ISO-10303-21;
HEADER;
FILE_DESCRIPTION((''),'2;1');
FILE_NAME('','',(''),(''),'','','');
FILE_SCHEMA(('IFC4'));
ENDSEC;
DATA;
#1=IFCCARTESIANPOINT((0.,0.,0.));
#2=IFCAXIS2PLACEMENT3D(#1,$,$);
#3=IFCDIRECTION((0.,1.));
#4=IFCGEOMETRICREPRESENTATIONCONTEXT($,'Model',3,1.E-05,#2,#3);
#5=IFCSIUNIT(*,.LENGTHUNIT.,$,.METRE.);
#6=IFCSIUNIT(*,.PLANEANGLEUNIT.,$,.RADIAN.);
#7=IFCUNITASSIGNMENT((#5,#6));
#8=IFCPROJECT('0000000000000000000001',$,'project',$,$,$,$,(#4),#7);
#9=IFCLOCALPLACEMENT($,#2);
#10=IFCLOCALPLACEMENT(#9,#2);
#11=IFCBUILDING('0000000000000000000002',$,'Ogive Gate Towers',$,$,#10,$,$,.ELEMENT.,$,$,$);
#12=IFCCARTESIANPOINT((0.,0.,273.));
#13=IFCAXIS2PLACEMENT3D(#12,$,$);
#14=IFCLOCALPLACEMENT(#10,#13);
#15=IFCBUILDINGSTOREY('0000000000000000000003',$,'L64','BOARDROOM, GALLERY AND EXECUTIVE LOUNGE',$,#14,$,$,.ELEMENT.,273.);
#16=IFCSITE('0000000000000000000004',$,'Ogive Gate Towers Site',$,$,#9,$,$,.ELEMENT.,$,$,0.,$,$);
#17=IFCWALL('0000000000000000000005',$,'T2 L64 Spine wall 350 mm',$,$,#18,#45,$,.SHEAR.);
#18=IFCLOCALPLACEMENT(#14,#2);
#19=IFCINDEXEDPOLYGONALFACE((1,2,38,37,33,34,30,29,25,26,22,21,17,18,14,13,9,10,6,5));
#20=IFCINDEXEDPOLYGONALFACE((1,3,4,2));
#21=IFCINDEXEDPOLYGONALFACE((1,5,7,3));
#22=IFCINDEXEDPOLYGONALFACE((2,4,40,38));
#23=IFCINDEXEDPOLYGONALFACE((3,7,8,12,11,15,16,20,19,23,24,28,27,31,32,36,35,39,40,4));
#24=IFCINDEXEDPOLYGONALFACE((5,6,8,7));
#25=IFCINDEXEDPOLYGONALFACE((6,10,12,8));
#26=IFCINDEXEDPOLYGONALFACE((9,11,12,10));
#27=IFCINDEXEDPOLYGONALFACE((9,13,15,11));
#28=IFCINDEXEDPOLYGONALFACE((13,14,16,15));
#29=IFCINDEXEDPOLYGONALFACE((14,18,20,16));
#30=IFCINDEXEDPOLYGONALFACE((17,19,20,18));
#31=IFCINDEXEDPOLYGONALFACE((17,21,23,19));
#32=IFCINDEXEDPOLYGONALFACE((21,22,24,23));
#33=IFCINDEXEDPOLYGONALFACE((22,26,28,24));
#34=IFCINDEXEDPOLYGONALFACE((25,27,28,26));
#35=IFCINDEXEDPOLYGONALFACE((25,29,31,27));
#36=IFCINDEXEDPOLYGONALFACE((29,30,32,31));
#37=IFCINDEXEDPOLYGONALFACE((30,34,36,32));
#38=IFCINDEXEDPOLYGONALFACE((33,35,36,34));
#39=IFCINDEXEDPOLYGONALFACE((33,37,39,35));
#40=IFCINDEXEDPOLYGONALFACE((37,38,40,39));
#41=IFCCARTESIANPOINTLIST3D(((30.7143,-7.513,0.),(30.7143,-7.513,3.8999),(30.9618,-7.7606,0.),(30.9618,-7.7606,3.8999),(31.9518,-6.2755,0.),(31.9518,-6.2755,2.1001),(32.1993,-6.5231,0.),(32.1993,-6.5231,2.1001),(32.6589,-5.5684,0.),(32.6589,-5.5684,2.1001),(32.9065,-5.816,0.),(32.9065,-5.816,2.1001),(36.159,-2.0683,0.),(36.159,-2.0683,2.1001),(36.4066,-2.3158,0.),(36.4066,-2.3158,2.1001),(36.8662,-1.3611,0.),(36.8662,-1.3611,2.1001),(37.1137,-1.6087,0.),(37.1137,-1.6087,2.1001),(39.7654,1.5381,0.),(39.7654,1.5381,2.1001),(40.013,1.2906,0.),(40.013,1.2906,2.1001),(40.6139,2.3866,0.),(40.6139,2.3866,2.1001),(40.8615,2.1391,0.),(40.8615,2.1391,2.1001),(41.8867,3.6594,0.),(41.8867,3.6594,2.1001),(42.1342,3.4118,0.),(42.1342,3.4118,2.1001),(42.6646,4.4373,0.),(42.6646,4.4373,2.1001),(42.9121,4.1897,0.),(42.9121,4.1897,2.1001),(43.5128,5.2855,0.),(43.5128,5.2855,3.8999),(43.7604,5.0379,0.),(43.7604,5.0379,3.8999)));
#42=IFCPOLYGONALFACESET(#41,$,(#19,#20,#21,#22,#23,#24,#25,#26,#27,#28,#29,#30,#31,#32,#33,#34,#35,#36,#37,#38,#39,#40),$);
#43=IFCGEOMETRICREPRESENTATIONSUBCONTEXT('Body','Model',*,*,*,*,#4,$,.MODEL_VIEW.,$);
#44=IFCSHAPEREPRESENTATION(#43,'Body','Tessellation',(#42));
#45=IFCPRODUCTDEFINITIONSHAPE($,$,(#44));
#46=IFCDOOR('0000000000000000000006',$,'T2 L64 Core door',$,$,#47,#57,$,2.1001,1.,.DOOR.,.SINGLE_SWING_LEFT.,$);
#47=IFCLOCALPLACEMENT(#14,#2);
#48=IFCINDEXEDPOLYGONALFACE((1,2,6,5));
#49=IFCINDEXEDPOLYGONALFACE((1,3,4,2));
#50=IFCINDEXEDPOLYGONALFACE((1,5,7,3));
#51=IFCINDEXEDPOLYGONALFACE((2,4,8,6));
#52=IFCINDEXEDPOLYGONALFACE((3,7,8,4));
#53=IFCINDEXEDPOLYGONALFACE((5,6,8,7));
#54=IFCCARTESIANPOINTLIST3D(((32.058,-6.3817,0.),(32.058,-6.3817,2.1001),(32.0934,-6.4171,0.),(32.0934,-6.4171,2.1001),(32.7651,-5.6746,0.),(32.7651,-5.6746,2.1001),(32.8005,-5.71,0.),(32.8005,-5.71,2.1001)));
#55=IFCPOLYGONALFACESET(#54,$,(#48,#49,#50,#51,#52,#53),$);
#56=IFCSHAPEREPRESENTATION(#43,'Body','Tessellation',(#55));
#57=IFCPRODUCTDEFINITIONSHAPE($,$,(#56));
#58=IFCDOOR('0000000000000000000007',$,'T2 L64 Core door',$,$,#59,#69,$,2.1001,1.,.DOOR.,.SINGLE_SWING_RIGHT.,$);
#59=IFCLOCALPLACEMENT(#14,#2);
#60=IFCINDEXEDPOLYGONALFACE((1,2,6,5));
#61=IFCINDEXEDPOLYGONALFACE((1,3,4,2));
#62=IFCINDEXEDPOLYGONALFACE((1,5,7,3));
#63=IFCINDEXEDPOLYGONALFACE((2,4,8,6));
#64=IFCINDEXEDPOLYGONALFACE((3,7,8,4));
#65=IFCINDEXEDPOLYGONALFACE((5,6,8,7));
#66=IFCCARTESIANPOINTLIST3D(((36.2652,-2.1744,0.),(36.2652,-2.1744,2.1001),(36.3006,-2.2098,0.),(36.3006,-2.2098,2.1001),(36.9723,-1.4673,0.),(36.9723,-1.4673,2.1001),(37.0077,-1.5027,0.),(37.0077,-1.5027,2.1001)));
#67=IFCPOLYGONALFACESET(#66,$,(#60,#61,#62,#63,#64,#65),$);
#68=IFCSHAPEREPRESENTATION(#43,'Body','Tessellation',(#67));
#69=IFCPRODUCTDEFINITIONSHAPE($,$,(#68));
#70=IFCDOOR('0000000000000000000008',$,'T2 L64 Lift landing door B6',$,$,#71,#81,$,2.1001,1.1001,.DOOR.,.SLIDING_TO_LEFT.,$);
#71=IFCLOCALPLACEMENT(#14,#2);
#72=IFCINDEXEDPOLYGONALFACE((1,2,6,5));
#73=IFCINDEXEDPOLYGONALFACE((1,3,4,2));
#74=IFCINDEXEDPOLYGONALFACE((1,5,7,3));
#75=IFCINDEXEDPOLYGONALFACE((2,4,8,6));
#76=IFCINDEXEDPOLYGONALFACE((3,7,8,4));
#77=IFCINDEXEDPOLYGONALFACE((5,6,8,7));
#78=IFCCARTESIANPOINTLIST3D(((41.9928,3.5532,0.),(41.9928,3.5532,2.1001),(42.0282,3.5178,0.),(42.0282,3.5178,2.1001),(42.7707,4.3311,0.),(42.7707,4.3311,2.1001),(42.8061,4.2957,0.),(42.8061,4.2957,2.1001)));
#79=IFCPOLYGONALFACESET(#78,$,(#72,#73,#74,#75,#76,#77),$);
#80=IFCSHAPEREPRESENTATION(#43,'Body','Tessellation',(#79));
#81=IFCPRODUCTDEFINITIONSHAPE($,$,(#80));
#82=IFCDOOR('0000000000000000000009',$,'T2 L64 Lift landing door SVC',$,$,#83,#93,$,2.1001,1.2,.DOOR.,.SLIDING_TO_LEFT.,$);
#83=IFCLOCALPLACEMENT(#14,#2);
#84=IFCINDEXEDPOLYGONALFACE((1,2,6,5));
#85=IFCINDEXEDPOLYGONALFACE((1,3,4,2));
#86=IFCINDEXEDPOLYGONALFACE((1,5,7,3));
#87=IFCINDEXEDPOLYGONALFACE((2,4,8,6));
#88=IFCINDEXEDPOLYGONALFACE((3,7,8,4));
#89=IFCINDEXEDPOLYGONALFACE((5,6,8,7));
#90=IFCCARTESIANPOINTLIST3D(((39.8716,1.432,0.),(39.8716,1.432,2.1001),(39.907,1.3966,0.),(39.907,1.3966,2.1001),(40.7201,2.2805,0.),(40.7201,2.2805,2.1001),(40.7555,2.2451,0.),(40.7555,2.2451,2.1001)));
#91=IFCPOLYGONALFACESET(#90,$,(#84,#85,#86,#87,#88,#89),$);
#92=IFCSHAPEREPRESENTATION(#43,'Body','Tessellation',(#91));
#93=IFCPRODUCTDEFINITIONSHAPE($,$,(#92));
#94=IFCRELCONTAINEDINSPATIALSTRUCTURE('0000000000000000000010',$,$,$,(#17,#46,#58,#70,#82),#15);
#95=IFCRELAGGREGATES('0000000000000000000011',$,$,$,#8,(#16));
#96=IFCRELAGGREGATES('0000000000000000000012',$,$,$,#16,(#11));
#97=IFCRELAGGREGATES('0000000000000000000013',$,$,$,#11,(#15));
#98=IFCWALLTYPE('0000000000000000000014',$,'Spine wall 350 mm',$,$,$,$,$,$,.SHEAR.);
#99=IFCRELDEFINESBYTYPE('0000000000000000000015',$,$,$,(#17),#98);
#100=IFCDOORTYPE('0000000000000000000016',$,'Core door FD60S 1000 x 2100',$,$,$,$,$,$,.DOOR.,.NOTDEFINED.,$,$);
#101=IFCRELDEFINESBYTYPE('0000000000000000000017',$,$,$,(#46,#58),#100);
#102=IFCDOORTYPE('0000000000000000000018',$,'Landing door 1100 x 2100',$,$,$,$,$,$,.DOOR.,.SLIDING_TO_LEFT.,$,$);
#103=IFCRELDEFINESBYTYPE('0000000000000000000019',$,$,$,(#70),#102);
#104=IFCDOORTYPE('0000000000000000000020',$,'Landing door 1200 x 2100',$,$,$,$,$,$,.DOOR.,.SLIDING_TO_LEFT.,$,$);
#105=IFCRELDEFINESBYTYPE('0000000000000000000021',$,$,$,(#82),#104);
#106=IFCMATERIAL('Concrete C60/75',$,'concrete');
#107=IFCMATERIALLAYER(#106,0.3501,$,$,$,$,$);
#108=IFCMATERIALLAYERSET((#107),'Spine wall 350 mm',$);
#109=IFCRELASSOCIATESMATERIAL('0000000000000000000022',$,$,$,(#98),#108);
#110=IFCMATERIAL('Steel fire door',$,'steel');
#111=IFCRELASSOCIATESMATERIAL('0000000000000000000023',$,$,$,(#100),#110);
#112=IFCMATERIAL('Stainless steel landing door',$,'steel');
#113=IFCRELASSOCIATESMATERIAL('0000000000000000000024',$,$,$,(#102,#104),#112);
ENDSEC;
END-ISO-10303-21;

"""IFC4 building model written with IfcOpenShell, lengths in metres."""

from ifc_helpers import new_model, si_unit, direction, frame, frame_2d, origin, place, context, subcontext, project, spatial, rectangle, extrude, material, layer, layer_set, type_object, element, fill, save


model = new_model("IFC4")

# Units and contexts
model_context = context("Model", 3, precision=1e-05, world=origin(), true_north=direction((0.0, 1.0)))
body_context = subcontext(model_context, "Body", "Model", "MODEL_VIEW")
ifc_project = project(units=[si_unit("LENGTHUNIT", "METRE"), si_unit("PLANEANGLEUNIT", "RADIAN")], contexts=[model_context])

# Site, building, storey
site_placement = place(None, origin())
site = spatial("IfcSite", under=ifc_project, at=site_placement, Name="Ogive Gate Towers Site", CompositionType="ELEMENT", RefElevation=0.0)
building_placement = place(site_placement, origin())
building = spatial("IfcBuilding", under=site, at=building_placement, Name="Ogive Gate Towers", CompositionType="ELEMENT")
storey_placement = place(building_placement, frame((0.0, 0.0, 273.0)))
storey = spatial("IfcBuildingStorey", under=building, at=storey_placement, Name="L64", Description="BOARDROOM, GALLERY AND EXECUTIVE LOUNGE", CompositionType="ELEMENT", Elevation=273.0)

# Shared definitions
ifc_material_1 = material(Name="Concrete C60/75", Category="concrete")

# Wall, openings, doors
ifc_layer_1 = layer(ifc_material_1, 0.3501)
ifc_layer_set_1 = layer_set([ifc_layer_1], Name="Spine wall 350 mm")
wall_type_1 = type_object("IfcWallType", Name="Spine wall 350 mm", PredefinedType="SHEAR", material=ifc_layer_set_1)
wall_1_placement = place(storey_placement, frame((30.8381, -7.6367, 0.0), z_axis=(0.0, 0.0, 1.0), x_axis=(0.707107, 0.707107, 0.0)))
wall_1 = element("IfcWall", 1, at=wall_1_placement, inside=storey, type_object=wall_type_1, Name="T2 L64 Spine wall 350 mm", PredefinedType="SHEAR", context=body_context, shape_type="SweptSolid", body=[
    extrude(rectangle(XDim=18.0999, YDim=0.3501, at=frame_2d((9.0498, 0.0))), origin(), (0.0, 0.0, 1.0), 3.8999),
])
opening_1_placement = place(wall_1_placement, frame((12.8, 0.0, 0.0)))
opening_1 = element("IfcOpeningElement", 2, at=opening_1_placement, cuts=wall_1, PredefinedType="OPENING", context=body_context, shape_type="SweptSolid", body=[
    extrude(rectangle(XDim=1.2, YDim=2.1001, at=frame_2d((0.6001, 1.05))), frame((0.0, 0.1851, 0.0), z_axis=(0.0, -1.0, 0.0), x_axis=(1.0, 0.0, 0.0)), (0.0, 0.0, 1.0), 0.3701),
])
opening_2_placement = place(wall_1_placement, frame((15.8, 0.0, 0.0)))
opening_2 = element("IfcOpeningElement", 3, at=opening_2_placement, cuts=wall_1, PredefinedType="OPENING", context=body_context, shape_type="SweptSolid", body=[
    extrude(rectangle(XDim=1.1001, YDim=2.1001, at=frame_2d((0.55, 1.05))), frame((0.0, 0.1851, 0.0), z_axis=(0.0, -1.0, 0.0), x_axis=(1.0, 0.0, 0.0)), (0.0, 0.0, 1.0), 0.3701),
])
opening_3_placement = place(wall_1_placement, frame((1.75, 0.0, 0.0)))
opening_3 = element("IfcOpeningElement", 4, at=opening_3_placement, cuts=wall_1, PredefinedType="OPENING", context=body_context, shape_type="SweptSolid", body=[
    extrude(rectangle(XDim=1.0, YDim=2.1001, at=frame_2d((0.5, 1.05))), frame((0.0, 0.1851, 0.0), z_axis=(0.0, -1.0, 0.0), x_axis=(1.0, 0.0, 0.0)), (0.0, 0.0, 1.0), 0.3701),
])
opening_4_placement = place(wall_1_placement, frame((7.7, 0.0, 0.0)))
opening_4 = element("IfcOpeningElement", 5, at=opening_4_placement, cuts=wall_1, PredefinedType="OPENING", context=body_context, shape_type="SweptSolid", body=[
    extrude(rectangle(XDim=1.0, YDim=2.1001, at=frame_2d((0.5, 1.05))), frame((0.0, 0.1851, 0.0), z_axis=(0.0, -1.0, 0.0), x_axis=(1.0, 0.0, 0.0)), (0.0, 0.0, 1.0), 0.3701),
])
ifc_material_2 = material(Name="Steel fire door", Category="steel")
door_type_1 = type_object("IfcDoorType", Name="Core door FD60S 1000 x 2100", OperationType="NOTDEFINED", PredefinedType="DOOR", material=ifc_material_2)
door_1_placement = place(opening_3_placement, origin())
door_1 = element("IfcDoor", 6, at=door_1_placement, inside=storey, type_object=door_type_1, Name="T2 L64 Core door", OperationType="SINGLE_SWING_LEFT", OverallHeight=2.1001, OverallWidth=1.0, PredefinedType="DOOR", context=body_context, shape_type="SweptSolid", body=[
    extrude(rectangle(XDim=1.0, YDim=2.1001, at=frame_2d((0.5, 1.05))), frame((0.0, 0.0249, 0.0), z_axis=(0.0, -1.0, 0.0), x_axis=(1.0, 0.0, 0.0)), (0.0, 0.0, 1.0), 0.05),
])
fill(opening_3, door_1)
door_2_placement = place(opening_4_placement, origin())
door_2 = element("IfcDoor", 7, at=door_2_placement, inside=storey, type_object=door_type_1, Name="T2 L64 Core door", OperationType="SINGLE_SWING_RIGHT", OverallHeight=2.1001, OverallWidth=1.0, PredefinedType="DOOR", context=body_context, shape_type="SweptSolid", body=[
    extrude(rectangle(XDim=1.0, YDim=2.1001, at=frame_2d((0.5, 1.05))), frame((0.0, 0.0249, 0.0), z_axis=(0.0, -1.0, 0.0), x_axis=(1.0, 0.0, 0.0)), (0.0, 0.0, 1.0), 0.05),
])
fill(opening_4, door_2)
ifc_material_3 = material(Name="Stainless steel landing door", Category="steel")
door_type_2 = type_object("IfcDoorType", Name="Landing door 1100 x 2100", OperationType="SLIDING_TO_LEFT", PredefinedType="DOOR", material=ifc_material_3)
door_3_placement = place(opening_2_placement, origin())
door_3 = element("IfcDoor", 8, at=door_3_placement, inside=storey, type_object=door_type_2, Name="T2 L64 Lift landing door B6", OperationType="SLIDING_TO_LEFT", OverallHeight=2.1001, OverallWidth=1.1001, PredefinedType="DOOR", context=body_context, shape_type="SweptSolid", body=[
    extrude(rectangle(XDim=1.1001, YDim=2.1001, at=frame_2d((0.55, 1.05))), frame((0.0, 0.0249, 0.0), z_axis=(0.0, -1.0, 0.0), x_axis=(1.0, 0.0, 0.0)), (0.0, 0.0, 1.0), 0.05),
])
fill(opening_2, door_3)
door_type_3 = type_object("IfcDoorType", Name="Landing door 1200 x 2100", OperationType="SLIDING_TO_LEFT", PredefinedType="DOOR", material=ifc_material_3)
door_4_placement = place(opening_1_placement, origin())
door_4 = element("IfcDoor", 9, at=door_4_placement, inside=storey, type_object=door_type_3, Name="T2 L64 Lift landing door SVC", OperationType="SLIDING_TO_LEFT", OverallHeight=2.1001, OverallWidth=1.2, PredefinedType="DOOR", context=body_context, shape_type="SweptSolid", body=[
    extrude(rectangle(XDim=1.2, YDim=2.1001, at=frame_2d((0.6001, 1.05))), frame((0.0, 0.0249, 0.0), z_axis=(0.0, -1.0, 0.0), x_axis=(1.0, 0.0, 0.0)), (0.0, 0.0, 1.0), 0.05),
])
fill(opening_1, door_4)

save(model, "model.ifc")
